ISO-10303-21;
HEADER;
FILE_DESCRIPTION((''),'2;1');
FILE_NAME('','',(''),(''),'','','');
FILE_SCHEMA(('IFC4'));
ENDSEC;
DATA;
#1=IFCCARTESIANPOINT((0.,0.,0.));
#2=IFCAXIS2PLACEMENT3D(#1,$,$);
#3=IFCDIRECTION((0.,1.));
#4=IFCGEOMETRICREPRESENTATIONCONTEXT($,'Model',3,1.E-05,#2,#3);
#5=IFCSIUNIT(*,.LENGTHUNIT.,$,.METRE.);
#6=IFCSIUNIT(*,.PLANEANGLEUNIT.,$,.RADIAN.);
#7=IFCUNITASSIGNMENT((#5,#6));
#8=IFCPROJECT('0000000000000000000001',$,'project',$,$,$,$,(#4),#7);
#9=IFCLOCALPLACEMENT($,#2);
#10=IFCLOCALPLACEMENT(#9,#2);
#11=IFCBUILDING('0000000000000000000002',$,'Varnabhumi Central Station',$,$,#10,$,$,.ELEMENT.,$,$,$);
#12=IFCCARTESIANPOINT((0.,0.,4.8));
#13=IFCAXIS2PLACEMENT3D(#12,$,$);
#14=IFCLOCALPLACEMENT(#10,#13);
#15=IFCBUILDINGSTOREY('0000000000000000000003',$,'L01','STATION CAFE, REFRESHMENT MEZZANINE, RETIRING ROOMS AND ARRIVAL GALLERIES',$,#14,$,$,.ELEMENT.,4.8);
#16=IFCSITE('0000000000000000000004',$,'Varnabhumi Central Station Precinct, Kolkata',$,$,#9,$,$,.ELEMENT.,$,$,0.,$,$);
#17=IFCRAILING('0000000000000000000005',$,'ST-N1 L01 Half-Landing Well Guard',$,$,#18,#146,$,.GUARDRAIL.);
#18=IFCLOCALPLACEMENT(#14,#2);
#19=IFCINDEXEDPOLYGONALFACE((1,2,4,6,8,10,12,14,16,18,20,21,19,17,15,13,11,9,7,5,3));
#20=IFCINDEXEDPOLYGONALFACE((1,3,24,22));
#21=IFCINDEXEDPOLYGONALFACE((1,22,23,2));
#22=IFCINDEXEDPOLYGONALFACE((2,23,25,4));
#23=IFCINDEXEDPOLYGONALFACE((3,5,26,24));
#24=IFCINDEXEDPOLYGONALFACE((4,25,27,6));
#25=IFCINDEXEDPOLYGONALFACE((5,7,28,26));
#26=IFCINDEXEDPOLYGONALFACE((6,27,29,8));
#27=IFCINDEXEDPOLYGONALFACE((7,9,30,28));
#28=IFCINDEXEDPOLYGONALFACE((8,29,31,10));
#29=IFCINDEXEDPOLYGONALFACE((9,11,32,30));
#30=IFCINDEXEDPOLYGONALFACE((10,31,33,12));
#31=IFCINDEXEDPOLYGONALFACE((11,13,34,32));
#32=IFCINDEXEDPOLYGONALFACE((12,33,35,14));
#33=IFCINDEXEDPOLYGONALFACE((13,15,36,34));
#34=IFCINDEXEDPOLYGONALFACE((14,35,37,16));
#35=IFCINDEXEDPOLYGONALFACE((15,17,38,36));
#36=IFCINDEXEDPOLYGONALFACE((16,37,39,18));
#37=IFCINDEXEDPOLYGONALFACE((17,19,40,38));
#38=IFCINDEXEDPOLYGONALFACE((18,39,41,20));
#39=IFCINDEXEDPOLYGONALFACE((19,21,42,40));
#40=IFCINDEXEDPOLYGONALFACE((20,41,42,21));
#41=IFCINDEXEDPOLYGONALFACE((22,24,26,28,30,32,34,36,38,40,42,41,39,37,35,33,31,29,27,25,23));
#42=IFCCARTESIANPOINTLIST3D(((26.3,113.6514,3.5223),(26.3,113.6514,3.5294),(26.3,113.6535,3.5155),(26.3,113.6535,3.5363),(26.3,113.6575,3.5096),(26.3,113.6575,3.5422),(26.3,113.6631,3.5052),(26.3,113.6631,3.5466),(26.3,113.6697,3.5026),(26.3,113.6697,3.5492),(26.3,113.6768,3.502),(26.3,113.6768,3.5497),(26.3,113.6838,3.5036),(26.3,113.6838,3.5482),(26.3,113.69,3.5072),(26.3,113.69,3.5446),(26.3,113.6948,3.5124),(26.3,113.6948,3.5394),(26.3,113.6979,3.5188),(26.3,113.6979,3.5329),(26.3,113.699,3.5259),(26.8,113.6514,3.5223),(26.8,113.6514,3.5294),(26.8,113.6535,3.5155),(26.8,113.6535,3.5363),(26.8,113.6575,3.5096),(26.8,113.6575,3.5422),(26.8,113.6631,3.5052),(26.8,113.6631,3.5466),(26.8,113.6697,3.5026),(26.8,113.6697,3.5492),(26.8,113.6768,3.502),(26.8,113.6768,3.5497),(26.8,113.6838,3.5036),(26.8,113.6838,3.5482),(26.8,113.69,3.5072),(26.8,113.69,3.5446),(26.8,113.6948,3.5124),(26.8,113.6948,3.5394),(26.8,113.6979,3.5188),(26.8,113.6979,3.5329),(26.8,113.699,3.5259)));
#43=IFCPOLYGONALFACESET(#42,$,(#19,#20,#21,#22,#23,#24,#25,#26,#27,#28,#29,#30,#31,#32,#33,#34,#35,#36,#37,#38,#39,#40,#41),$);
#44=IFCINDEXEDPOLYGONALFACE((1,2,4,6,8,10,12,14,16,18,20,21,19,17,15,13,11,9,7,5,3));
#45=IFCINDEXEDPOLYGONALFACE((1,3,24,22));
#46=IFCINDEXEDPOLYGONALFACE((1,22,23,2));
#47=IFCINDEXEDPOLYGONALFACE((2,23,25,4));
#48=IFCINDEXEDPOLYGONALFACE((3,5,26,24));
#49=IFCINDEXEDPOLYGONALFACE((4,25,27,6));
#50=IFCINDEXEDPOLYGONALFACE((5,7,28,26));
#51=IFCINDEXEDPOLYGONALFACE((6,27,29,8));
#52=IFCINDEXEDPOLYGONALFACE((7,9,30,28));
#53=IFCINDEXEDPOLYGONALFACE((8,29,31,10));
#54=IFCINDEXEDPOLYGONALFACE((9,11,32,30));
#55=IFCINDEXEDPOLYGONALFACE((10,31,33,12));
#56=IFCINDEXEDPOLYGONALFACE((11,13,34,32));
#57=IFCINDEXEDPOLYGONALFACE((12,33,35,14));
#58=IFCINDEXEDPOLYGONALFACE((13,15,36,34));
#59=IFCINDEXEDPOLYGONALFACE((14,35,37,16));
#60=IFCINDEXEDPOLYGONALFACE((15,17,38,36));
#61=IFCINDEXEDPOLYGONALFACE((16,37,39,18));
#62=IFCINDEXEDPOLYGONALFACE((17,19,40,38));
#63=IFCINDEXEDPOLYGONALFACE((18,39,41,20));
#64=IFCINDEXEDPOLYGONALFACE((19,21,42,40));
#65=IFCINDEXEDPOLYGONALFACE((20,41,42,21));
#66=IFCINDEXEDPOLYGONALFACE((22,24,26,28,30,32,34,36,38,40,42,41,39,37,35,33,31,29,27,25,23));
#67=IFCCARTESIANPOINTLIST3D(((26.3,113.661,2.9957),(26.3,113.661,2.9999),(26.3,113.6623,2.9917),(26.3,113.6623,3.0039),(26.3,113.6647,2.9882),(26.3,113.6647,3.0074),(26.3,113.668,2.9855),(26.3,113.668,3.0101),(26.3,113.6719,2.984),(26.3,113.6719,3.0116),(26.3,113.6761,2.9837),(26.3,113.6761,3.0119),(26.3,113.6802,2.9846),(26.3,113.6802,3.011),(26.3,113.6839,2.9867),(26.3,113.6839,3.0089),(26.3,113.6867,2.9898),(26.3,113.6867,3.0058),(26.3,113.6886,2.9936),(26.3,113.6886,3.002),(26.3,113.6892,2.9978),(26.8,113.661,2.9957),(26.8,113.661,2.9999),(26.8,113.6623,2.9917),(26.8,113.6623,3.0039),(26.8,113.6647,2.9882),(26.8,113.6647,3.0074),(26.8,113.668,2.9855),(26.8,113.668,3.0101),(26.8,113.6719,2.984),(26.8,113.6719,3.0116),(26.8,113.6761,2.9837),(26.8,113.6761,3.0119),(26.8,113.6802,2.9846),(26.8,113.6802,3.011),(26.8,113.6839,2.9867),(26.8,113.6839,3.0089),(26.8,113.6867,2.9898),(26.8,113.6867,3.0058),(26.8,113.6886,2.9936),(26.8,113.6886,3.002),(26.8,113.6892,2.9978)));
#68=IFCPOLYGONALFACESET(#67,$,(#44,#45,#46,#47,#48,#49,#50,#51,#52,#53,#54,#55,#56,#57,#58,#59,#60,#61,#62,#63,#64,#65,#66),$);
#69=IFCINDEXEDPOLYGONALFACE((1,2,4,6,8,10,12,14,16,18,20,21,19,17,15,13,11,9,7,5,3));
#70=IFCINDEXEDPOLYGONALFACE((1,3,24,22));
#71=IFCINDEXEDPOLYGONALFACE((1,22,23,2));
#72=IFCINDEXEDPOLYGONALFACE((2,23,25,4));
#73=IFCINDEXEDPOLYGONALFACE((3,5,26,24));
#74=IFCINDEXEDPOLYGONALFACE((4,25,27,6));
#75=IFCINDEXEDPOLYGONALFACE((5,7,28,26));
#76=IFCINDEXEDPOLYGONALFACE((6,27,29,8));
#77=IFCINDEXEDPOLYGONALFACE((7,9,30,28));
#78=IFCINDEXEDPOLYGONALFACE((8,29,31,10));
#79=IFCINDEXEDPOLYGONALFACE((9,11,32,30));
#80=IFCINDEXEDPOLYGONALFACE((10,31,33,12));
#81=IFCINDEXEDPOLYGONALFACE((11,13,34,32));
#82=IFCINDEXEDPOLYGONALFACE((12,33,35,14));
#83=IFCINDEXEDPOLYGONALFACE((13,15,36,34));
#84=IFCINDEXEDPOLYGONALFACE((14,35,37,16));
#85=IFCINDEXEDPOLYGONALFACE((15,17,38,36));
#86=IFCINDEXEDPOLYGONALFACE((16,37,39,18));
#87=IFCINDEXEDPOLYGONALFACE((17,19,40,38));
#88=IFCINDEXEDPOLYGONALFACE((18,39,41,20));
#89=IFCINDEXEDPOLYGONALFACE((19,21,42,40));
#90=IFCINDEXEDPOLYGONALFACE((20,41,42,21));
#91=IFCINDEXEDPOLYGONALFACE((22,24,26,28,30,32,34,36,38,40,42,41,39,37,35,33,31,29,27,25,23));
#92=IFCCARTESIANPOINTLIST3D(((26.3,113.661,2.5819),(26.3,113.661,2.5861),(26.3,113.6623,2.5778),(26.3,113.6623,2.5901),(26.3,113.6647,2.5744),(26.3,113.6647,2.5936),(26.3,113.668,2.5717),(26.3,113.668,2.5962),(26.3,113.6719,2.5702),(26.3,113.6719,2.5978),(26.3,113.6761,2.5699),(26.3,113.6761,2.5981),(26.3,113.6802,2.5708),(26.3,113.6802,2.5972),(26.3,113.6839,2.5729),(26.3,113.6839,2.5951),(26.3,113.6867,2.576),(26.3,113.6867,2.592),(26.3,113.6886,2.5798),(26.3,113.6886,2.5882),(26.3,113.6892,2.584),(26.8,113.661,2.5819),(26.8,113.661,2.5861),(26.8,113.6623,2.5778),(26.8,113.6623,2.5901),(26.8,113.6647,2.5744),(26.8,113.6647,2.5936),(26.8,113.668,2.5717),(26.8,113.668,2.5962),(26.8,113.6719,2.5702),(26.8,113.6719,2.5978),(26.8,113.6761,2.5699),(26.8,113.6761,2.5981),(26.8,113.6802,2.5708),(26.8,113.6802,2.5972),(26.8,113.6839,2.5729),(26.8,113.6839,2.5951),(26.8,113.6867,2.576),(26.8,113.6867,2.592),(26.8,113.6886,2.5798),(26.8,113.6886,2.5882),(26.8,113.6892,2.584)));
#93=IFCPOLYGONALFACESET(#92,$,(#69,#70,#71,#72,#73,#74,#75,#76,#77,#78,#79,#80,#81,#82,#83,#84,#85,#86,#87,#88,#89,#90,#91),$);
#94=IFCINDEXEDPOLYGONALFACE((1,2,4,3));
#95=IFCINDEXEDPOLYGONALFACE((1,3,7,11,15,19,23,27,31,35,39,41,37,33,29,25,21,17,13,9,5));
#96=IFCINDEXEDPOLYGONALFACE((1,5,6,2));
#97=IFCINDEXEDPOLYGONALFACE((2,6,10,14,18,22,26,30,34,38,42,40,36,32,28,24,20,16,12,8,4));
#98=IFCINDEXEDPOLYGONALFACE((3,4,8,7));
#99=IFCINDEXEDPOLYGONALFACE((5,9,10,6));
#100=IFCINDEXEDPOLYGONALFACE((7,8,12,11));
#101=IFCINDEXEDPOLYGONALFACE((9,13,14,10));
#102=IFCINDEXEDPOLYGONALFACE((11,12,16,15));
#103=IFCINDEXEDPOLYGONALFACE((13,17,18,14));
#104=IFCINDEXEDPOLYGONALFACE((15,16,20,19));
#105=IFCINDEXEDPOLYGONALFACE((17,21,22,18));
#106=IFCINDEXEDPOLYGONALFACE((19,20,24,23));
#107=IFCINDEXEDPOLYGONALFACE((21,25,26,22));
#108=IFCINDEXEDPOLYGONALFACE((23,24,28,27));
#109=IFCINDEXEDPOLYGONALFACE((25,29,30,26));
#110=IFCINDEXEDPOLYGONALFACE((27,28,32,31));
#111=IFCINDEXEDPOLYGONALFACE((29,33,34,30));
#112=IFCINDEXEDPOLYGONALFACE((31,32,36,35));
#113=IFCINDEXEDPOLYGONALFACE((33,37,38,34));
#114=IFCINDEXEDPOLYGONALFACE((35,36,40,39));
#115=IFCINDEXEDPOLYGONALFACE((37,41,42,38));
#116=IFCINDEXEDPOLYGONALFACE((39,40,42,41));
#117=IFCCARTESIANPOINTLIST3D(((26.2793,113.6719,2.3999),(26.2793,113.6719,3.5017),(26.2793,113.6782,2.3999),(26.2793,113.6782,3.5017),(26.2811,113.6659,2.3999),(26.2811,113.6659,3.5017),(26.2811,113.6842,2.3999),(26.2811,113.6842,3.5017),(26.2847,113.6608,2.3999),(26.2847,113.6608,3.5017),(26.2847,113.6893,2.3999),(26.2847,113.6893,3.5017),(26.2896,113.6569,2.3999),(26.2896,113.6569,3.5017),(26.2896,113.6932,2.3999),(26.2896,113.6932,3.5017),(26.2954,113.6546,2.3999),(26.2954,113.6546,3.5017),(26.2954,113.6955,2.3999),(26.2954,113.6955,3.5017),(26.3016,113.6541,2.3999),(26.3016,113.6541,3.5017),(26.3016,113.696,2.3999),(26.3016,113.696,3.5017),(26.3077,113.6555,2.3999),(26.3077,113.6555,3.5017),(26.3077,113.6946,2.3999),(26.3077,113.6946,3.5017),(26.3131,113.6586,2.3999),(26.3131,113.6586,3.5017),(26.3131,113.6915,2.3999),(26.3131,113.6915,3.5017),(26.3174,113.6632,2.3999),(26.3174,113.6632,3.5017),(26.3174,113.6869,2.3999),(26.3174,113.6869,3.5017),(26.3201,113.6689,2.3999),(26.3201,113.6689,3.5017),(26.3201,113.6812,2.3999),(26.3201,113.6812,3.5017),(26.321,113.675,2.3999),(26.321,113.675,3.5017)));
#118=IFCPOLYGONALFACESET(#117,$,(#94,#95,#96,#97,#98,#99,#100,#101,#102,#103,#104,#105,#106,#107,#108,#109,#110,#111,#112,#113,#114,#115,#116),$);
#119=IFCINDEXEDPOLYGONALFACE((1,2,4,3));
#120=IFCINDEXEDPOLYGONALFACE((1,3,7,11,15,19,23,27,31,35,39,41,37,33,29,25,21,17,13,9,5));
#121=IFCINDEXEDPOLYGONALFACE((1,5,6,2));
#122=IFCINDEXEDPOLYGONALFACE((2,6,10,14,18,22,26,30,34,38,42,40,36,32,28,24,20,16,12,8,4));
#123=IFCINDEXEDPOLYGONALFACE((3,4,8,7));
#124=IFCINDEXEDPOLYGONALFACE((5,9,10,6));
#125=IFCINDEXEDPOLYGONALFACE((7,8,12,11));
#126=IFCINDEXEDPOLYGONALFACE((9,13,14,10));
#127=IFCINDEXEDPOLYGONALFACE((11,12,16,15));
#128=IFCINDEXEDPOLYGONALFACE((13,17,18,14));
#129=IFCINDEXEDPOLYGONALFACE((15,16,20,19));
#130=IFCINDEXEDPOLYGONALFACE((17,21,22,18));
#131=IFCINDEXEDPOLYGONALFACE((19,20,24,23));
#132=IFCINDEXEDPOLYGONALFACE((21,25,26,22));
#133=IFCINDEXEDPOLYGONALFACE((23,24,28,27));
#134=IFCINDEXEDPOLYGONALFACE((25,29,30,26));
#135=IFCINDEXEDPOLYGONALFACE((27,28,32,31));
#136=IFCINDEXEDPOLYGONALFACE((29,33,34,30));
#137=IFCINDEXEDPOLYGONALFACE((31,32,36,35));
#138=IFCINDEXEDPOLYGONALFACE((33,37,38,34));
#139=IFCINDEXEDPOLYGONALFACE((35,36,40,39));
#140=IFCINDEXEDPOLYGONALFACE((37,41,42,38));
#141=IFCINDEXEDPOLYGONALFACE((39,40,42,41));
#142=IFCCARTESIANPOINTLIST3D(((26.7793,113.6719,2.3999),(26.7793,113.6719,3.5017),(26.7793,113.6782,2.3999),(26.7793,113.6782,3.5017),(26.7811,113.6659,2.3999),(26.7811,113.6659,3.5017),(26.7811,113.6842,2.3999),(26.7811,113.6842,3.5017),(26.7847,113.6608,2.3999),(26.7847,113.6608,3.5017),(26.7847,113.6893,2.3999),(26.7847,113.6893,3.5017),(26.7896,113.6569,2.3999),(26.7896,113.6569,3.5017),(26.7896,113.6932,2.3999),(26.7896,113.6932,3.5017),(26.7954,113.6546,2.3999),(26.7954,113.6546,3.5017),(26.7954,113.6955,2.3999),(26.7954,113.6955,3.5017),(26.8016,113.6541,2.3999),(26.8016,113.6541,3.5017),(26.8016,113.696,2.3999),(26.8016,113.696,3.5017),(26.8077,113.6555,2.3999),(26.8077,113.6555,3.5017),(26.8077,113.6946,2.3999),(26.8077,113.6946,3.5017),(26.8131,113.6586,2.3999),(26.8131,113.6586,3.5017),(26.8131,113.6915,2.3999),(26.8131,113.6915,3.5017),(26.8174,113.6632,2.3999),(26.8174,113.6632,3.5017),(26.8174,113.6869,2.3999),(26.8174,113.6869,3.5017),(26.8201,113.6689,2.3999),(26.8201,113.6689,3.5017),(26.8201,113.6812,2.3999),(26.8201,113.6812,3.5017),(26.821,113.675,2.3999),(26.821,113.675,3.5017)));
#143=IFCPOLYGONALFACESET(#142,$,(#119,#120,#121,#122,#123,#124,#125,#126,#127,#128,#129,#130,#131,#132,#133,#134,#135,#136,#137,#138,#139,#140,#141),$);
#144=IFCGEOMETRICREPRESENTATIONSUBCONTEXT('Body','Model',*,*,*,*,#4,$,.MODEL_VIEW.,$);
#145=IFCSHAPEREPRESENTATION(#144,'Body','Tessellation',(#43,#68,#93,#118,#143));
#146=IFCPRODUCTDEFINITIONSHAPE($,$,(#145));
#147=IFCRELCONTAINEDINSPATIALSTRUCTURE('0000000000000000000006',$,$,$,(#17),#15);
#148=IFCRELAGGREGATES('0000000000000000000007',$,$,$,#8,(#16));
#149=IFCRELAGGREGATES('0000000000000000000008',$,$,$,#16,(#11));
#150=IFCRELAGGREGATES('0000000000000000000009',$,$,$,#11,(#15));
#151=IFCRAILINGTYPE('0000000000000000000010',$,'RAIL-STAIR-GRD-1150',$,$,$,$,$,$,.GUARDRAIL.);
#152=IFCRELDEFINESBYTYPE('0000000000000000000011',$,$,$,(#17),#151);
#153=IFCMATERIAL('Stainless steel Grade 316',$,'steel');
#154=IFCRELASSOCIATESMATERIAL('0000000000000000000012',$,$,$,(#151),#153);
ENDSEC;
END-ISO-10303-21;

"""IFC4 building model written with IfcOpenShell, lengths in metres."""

from ifc_helpers import new_model, si_unit, direction, frame, origin, origin_2d, place, context, subcontext, project, spatial, circle, extrude, material, type_object, element, save


model = new_model("IFC4")

# Units and contexts
model_context = context("Model", 3, precision=1e-05, world=origin(), true_north=direction((0.0, 1.0)))
body_context = subcontext(model_context, "Body", "Model", "MODEL_VIEW")
ifc_project = project(units=[si_unit("LENGTHUNIT", "METRE"), si_unit("PLANEANGLEUNIT", "RADIAN")], contexts=[model_context])

# Site, building, storey
site_placement = place(None, origin())
site = spatial("IfcSite", under=ifc_project, at=site_placement, Name="Varnabhumi Central Station Precinct, Kolkata", CompositionType="ELEMENT", RefElevation=0.0)
building_placement = place(site_placement, origin())
building = spatial("IfcBuilding", under=site, at=building_placement, Name="Varnabhumi Central Station", CompositionType="ELEMENT")
storey_placement = place(building_placement, frame((0.0, 0.0, 4.8)))
storey = spatial("IfcBuildingStorey", under=building, at=storey_placement, Name="L01", Description="STATION CAFE, REFRESHMENT MEZZANINE, RETIRING ROOMS AND ARRIVAL GALLERIES", CompositionType="ELEMENT", Elevation=4.8)

# Shared definitions
ifc_material_1 = material(Name="Stainless steel Grade 316", Category="steel")

# Railing
railing_type_1 = type_object("IfcRailingType", Name="RAIL-STAIR-GRD-1150", PredefinedType="GUARDRAIL", material=ifc_material_1)
for number, where, name in (
    (1, (26.3, 113.675, 2.3999), "ST-N1 L01 Half-Landing Well Guard"),
):
    element("IfcRailing", number, at=place(storey_placement, frame(where)), inside=storey, type_object=railing_type_1, Name=name, PredefinedType="GUARDRAIL", context=body_context, shape_type="SweptSolid", body=[
        extrude(circle(Radius=0.0239, at=origin_2d()), frame((0.0, 0.0, 1.126), z_axis=(1.0, 0.0, 0.0), x_axis=(0.0, 1.0, 0.0)), (0.0, 0.0, 1.0), 0.5),
        extrude(circle(Radius=0.0142, at=origin_2d()), frame((0.0, 0.0, 0.5979), z_axis=(1.0, 0.0, 0.0), x_axis=(0.0, 1.0, 0.0)), (0.0, 0.0, 1.0), 0.5),
        extrude(circle(Radius=0.0142, at=origin_2d()), frame((0.0, 0.0, 0.1841), z_axis=(1.0, 0.0, 0.0), x_axis=(0.0, 1.0, 0.0)), (0.0, 0.0, 1.0), 0.5),
        extrude(circle(Radius=0.021, at=origin_2d()), origin(), (0.0, 0.0, 1.0), 1.1018),
        extrude(circle(Radius=0.021, at=origin_2d()), frame((0.5, 0.0, 0.0)), (0.0, 0.0, 1.0), 1.1018),
    ])

save(model, "model.ifc")
